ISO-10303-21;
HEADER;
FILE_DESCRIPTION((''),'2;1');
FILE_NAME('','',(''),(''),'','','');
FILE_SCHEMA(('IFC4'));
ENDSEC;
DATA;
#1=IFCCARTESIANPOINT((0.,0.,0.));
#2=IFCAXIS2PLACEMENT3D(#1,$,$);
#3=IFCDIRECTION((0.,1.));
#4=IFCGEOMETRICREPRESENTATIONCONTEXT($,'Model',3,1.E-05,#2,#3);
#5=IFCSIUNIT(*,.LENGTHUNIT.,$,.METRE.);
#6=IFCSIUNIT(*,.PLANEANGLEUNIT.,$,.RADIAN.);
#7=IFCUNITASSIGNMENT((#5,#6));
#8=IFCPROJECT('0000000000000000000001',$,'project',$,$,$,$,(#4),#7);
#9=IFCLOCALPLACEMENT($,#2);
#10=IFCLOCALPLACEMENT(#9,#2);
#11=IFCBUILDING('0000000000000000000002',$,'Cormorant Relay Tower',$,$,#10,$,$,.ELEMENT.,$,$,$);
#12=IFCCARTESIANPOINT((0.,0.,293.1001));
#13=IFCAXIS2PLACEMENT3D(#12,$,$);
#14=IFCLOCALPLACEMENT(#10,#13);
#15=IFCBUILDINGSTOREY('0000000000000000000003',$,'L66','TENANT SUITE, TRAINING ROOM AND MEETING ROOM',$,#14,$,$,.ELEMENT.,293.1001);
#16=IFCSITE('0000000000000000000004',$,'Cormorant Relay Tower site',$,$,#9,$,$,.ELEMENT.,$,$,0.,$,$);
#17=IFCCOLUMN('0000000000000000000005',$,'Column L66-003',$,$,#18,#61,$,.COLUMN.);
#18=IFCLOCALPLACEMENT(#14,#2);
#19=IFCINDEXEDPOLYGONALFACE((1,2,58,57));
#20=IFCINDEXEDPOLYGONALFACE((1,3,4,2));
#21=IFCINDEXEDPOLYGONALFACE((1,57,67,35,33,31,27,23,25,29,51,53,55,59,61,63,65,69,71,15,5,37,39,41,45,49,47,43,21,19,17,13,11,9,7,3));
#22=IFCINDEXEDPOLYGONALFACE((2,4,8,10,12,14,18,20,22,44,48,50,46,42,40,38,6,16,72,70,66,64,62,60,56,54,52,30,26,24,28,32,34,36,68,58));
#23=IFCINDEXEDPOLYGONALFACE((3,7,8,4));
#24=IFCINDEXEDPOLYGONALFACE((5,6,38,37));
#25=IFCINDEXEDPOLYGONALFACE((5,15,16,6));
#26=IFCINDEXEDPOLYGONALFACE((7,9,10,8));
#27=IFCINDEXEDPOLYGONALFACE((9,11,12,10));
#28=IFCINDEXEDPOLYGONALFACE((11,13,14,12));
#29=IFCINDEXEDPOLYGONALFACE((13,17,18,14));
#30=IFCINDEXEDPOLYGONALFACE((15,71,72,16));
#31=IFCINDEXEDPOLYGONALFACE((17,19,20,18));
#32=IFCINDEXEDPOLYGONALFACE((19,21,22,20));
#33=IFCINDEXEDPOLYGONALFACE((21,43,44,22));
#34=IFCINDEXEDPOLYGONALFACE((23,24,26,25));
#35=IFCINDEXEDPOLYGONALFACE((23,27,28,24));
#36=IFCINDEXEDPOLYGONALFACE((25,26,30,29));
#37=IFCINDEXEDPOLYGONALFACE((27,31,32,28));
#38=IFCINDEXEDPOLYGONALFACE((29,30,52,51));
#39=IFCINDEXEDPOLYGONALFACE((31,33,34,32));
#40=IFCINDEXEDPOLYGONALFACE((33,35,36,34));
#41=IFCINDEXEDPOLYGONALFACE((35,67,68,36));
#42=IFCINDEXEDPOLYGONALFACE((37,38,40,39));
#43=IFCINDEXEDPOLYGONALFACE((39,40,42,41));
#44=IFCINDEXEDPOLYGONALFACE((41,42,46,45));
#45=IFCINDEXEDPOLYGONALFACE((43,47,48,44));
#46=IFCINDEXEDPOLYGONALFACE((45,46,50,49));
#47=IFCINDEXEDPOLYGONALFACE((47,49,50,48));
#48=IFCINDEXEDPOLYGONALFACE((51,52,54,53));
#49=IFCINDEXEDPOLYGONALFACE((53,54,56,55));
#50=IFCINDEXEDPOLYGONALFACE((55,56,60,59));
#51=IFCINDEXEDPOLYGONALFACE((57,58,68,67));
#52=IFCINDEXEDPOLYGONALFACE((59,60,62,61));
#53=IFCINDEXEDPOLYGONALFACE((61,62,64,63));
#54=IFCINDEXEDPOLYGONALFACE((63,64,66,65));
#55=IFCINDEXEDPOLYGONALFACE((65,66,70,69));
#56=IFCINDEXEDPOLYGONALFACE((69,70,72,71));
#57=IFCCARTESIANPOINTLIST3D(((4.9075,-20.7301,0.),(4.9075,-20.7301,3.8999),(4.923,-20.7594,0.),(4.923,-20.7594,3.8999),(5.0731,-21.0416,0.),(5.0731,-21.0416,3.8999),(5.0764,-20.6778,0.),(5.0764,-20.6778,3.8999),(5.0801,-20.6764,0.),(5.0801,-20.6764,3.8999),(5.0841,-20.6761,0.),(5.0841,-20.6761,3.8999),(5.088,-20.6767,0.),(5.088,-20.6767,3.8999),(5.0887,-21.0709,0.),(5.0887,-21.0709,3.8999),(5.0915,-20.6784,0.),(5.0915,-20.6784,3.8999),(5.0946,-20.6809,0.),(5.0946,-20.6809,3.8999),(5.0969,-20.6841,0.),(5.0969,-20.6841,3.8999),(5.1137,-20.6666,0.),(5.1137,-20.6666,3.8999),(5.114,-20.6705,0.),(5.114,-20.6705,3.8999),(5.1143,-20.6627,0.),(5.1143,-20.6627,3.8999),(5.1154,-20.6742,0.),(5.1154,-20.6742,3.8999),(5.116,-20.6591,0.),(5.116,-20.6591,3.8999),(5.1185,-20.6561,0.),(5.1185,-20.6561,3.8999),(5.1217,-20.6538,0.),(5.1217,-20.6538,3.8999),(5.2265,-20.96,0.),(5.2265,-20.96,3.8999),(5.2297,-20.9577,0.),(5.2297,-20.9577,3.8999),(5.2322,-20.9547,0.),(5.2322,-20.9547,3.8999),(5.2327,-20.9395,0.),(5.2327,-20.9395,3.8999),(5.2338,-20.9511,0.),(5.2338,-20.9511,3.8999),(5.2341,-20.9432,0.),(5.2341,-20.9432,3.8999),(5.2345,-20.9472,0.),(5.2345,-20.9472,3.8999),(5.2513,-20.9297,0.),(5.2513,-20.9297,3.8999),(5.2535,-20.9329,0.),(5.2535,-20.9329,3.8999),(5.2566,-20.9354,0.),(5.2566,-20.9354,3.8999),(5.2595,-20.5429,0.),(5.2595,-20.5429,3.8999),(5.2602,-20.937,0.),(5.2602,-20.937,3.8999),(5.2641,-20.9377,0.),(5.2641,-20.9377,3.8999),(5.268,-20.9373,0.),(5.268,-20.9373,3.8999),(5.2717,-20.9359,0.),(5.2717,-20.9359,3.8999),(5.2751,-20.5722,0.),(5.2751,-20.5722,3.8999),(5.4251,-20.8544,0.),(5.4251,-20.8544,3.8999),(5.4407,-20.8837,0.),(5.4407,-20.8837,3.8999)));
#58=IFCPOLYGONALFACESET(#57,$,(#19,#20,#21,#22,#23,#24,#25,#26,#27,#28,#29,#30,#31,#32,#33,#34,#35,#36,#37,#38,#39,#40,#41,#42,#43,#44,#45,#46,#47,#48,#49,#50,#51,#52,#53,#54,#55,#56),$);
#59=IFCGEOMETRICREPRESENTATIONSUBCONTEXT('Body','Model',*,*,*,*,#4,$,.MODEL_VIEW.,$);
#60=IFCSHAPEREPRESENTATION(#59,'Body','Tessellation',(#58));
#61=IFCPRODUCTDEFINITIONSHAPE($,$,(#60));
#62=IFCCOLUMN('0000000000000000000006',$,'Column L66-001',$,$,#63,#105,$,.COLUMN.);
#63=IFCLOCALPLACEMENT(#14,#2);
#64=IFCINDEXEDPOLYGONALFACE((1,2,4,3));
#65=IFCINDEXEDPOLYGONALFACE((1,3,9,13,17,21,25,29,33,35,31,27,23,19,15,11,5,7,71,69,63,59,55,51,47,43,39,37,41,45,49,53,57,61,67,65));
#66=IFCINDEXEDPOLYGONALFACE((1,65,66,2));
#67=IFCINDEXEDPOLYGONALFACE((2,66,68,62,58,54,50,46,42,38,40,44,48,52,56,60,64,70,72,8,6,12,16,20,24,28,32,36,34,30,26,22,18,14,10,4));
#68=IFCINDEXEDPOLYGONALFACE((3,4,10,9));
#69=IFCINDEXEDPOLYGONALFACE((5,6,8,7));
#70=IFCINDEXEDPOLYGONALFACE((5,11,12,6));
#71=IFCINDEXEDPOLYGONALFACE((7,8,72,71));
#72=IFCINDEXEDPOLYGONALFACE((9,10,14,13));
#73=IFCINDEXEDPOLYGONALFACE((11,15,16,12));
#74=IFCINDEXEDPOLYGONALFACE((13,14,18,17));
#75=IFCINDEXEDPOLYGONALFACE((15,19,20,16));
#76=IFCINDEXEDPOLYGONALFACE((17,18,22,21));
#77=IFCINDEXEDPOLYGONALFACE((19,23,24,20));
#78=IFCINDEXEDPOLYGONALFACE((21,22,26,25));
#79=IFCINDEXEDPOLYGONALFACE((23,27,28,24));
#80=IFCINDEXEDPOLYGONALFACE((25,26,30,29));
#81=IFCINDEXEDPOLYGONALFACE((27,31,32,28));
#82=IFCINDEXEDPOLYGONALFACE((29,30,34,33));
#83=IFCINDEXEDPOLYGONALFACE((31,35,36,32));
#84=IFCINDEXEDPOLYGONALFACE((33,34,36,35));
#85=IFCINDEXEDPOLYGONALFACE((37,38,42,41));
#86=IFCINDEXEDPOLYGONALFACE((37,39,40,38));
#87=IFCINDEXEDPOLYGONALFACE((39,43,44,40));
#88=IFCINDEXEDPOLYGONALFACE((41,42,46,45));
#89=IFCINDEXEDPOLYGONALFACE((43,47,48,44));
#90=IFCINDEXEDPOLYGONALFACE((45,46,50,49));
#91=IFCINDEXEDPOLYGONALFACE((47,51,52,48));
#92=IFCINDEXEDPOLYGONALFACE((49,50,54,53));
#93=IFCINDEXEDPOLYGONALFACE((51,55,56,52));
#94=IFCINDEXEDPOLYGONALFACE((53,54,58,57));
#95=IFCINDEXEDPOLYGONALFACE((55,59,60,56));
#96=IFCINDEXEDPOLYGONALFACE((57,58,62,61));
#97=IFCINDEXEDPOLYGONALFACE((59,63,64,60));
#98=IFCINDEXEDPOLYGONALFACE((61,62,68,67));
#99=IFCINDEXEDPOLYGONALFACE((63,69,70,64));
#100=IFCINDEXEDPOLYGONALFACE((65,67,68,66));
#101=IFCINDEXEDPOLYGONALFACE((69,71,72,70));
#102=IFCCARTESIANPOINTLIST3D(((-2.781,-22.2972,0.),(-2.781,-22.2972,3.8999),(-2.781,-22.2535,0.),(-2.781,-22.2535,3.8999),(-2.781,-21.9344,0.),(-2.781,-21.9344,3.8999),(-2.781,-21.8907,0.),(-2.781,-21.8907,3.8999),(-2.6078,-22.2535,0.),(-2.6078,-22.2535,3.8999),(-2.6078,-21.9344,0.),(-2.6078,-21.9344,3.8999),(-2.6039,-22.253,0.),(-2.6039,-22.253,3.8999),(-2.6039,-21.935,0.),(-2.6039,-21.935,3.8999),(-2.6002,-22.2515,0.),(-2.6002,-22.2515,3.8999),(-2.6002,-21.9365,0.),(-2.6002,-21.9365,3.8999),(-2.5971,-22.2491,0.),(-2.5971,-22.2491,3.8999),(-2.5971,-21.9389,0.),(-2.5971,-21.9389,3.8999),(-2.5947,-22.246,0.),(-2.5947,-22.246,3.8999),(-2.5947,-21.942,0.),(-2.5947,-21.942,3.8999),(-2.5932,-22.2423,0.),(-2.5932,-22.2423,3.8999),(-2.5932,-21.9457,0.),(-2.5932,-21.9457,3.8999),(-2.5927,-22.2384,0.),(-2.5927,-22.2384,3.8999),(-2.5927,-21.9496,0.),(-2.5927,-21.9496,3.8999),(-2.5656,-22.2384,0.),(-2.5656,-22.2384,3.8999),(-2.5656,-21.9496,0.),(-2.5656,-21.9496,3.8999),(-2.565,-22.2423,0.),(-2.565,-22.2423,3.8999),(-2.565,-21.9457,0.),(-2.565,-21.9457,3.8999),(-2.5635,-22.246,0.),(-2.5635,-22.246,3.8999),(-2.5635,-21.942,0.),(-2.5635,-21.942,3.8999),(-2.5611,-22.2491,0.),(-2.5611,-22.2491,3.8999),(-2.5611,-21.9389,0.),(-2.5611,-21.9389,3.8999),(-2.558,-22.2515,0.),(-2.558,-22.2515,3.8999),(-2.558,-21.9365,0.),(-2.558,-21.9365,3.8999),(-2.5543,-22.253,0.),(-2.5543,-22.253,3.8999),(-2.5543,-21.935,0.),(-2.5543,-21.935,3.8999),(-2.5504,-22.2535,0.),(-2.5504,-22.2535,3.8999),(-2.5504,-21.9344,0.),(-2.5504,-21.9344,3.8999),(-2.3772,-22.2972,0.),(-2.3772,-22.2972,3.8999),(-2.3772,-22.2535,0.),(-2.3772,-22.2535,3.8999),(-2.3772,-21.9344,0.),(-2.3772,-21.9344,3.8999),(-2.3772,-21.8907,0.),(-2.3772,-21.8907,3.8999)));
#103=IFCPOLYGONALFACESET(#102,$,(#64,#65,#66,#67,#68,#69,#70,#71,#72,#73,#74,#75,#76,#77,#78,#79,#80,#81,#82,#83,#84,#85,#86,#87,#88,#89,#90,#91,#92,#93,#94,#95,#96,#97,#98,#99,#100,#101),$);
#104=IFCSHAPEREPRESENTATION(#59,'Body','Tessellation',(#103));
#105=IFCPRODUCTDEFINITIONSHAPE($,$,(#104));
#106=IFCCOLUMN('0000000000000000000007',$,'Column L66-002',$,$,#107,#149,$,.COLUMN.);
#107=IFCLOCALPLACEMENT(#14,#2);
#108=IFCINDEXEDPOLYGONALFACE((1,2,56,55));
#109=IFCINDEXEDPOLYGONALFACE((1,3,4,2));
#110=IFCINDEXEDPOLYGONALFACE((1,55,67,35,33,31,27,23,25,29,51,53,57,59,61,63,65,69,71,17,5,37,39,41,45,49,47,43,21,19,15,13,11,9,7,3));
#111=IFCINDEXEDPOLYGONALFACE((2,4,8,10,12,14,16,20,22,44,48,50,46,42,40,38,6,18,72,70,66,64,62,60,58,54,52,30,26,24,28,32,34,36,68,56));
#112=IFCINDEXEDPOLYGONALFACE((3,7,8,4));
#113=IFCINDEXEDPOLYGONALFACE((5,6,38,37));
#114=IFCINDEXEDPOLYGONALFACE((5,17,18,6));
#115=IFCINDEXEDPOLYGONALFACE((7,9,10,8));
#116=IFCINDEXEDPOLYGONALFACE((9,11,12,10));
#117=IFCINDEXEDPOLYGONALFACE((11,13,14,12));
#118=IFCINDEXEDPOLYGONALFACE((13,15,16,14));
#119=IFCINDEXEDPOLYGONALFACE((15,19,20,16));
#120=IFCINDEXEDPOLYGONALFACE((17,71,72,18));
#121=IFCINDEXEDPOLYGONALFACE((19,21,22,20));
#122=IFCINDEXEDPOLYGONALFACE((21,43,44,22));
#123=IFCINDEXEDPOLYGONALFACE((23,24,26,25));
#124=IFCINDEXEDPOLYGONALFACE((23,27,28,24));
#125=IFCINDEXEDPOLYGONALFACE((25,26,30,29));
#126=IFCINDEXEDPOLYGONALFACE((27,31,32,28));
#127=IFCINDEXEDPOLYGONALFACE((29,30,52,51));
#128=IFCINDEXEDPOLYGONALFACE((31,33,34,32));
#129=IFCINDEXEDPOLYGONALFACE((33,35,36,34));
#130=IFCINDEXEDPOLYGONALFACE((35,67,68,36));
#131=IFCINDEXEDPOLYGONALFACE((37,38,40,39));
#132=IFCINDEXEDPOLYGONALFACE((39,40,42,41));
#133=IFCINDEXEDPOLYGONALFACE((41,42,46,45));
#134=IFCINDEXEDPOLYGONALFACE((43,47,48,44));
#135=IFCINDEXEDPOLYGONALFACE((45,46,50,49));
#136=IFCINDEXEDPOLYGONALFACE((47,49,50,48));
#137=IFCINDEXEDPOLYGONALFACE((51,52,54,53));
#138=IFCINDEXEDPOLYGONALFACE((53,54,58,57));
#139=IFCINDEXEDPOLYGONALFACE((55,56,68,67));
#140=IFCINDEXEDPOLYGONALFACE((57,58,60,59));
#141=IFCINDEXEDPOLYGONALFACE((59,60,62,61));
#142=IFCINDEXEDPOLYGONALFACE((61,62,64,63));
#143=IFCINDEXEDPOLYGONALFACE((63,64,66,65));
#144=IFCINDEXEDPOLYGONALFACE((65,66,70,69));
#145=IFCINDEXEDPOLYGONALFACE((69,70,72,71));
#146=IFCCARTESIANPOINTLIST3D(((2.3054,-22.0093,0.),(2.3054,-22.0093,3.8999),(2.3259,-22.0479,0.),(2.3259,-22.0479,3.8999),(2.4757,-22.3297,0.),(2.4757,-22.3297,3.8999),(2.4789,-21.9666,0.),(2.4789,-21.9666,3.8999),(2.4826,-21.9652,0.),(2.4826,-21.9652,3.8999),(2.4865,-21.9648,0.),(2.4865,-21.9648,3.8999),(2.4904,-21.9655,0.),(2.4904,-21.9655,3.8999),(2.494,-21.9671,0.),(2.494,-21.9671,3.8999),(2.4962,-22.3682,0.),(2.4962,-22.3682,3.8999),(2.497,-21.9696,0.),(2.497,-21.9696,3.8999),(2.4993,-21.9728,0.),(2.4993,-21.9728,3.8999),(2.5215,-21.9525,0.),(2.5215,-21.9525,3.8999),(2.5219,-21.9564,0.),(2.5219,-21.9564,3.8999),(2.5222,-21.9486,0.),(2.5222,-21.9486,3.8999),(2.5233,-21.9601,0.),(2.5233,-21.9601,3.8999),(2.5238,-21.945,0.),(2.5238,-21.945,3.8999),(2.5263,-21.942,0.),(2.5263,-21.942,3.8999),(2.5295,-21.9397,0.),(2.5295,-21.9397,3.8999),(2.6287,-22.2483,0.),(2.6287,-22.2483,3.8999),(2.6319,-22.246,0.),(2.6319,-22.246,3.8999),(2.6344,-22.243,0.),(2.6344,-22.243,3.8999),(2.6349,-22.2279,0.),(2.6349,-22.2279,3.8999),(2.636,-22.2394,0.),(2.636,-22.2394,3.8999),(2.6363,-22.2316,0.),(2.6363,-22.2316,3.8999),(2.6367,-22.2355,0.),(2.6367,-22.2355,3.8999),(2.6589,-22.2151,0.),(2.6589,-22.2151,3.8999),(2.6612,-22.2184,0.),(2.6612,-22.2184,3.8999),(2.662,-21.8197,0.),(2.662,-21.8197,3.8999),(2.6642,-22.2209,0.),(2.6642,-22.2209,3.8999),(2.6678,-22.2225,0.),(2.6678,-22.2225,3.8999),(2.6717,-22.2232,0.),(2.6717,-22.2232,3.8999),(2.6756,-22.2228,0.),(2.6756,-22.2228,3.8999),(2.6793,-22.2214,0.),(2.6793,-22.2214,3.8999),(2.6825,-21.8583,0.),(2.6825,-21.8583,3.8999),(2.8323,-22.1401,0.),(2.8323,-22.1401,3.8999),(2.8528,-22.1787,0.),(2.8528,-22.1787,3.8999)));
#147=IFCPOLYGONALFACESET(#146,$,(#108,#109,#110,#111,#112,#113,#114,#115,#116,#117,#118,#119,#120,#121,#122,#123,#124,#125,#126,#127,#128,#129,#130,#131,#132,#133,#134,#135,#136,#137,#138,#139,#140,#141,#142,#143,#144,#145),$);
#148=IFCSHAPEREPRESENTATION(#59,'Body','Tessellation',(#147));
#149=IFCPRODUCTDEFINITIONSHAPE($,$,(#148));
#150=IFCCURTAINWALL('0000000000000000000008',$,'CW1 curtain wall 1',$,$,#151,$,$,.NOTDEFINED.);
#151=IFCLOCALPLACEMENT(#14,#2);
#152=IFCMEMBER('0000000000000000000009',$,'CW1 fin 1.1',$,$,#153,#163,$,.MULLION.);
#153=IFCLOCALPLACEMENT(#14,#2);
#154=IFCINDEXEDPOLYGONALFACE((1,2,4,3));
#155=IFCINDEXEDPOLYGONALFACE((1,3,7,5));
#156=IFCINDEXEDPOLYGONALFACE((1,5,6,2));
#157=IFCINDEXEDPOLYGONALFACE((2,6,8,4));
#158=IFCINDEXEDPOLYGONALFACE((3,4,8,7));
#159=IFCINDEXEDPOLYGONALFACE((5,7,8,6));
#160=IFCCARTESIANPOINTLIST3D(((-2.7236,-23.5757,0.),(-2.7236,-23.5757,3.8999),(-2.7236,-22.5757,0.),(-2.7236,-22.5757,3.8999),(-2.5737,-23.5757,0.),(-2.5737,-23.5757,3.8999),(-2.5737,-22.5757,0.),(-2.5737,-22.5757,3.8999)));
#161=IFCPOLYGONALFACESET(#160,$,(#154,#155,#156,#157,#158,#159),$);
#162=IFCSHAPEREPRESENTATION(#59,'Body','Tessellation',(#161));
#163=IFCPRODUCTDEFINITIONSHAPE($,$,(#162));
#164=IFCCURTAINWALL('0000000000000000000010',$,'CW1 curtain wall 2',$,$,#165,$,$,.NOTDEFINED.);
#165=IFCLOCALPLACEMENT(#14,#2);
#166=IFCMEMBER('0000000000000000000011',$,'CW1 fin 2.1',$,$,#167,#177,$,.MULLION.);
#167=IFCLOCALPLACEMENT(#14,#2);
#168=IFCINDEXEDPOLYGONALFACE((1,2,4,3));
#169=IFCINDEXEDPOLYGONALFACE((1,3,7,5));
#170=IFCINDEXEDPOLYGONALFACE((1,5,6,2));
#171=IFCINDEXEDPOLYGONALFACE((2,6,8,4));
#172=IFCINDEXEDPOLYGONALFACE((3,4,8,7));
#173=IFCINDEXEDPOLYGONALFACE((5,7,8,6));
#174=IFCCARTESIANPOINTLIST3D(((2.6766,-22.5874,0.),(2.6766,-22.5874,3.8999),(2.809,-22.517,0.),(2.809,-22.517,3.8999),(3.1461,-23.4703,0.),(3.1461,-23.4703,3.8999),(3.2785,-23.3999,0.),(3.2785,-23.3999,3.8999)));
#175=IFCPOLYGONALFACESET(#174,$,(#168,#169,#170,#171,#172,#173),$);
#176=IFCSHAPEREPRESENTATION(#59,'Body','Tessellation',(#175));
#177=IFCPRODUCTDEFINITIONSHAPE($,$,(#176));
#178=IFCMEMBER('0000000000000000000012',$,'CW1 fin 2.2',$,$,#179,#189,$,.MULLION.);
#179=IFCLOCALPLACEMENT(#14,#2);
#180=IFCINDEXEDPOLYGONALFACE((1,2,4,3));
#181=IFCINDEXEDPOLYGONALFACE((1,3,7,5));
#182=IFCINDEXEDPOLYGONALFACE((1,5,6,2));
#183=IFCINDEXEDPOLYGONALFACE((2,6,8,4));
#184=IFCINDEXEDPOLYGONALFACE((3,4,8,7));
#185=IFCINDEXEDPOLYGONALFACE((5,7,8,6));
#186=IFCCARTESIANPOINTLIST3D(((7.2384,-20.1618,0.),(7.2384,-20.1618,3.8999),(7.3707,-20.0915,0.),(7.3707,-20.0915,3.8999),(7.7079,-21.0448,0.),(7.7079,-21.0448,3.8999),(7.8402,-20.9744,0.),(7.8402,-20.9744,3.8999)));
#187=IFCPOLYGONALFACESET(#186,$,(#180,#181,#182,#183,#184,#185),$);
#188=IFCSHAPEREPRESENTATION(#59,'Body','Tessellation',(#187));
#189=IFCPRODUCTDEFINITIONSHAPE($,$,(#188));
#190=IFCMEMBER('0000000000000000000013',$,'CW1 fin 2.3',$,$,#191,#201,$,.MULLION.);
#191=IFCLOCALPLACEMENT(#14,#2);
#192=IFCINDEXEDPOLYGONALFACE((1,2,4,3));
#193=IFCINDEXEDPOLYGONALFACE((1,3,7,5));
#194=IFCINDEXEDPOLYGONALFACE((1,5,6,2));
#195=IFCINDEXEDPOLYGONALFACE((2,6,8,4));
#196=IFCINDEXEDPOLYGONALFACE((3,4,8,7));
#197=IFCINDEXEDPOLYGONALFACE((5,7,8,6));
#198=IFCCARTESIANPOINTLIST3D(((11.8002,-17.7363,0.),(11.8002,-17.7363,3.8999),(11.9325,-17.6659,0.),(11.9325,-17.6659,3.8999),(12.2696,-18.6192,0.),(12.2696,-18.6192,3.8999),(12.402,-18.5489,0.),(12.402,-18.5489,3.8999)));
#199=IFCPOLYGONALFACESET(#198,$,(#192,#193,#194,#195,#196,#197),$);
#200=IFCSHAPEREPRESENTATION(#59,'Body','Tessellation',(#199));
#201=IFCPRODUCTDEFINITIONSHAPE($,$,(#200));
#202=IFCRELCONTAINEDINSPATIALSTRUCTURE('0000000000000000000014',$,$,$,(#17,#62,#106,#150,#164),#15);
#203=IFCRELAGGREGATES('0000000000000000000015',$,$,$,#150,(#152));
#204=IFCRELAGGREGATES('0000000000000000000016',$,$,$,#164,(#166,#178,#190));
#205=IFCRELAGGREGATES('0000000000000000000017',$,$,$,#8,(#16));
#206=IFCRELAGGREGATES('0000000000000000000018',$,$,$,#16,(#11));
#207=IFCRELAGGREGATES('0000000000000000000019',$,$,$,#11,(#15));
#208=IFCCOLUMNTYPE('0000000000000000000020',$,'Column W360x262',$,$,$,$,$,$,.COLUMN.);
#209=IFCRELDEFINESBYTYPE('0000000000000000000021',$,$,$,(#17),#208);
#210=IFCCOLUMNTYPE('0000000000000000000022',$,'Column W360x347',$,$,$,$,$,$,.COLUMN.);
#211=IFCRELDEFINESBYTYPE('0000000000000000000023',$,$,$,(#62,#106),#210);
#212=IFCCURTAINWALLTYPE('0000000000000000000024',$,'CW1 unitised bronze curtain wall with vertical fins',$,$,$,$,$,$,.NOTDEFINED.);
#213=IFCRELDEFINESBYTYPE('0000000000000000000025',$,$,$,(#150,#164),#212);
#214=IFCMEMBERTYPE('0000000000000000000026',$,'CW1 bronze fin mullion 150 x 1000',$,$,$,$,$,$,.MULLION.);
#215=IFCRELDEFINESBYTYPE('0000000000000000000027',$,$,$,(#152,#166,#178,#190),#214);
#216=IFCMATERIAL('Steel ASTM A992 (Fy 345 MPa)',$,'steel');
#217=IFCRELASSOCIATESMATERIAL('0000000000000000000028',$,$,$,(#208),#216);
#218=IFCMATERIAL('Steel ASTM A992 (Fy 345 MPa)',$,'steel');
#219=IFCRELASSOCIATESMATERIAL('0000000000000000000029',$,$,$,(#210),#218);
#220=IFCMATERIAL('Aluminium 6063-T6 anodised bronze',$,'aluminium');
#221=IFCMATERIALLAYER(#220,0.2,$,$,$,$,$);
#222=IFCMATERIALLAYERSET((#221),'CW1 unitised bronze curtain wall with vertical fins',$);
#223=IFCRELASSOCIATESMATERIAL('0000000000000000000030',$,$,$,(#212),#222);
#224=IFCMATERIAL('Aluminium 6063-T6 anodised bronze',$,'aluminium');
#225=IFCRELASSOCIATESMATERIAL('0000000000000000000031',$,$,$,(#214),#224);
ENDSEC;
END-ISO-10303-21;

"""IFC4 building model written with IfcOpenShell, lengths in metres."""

from ifc_helpers import new_model, si_unit, direction, frame, origin, origin_2d, place, context, subcontext, project, spatial, rectangle, i_section, extrude, material, layer, layer_set, material_profile, profile_set, type_object, element, aggregate, save


model = new_model("IFC4")

# Units and contexts
model_context = context("Model", 3, precision=1e-05, world=origin(), true_north=direction((0.0, 1.0)))
body_context = subcontext(model_context, "Body", "Model", "MODEL_VIEW")
ifc_project = project(units=[si_unit("LENGTHUNIT", "METRE"), si_unit("PLANEANGLEUNIT", "RADIAN")], contexts=[model_context])

# Site, building, storey
site_placement = place(None, origin())
site = spatial("IfcSite", under=ifc_project, at=site_placement, Name="Cormorant Relay Tower site", CompositionType="ELEMENT", RefElevation=0.0)
building_placement = place(site_placement, origin())
building = spatial("IfcBuilding", under=site, at=building_placement, Name="Cormorant Relay Tower", CompositionType="ELEMENT")
storey_placement = place(building_placement, frame((0.0, 0.0, 293.1001)))
storey = spatial("IfcBuildingStorey", under=building, at=storey_placement, Name="L66", Description="TENANT SUITE, TRAINING ROOM AND MEETING ROOM", CompositionType="ELEMENT", Elevation=293.1001)

# Columns
ifc_material_1 = material(Name="Steel ASTM A992 (Fy 345 MPa)", Category="steel")
ifc_material_profile_1 = material_profile(ifc_material_1, i_section(OverallWidth=0.3987, OverallDepth=0.386, WebThickness=0.021, FlangeThickness=0.0332, FilletRadius=0.0151, at=origin_2d()), Name="W360x262")
ifc_profile_set_1 = profile_set([ifc_material_profile_1], Name="Steel ASTM A992 (Fy 345 MPa)")
column_type_1 = type_object("IfcColumnType", Name="Column W360x262", PredefinedType="COLUMN", material=ifc_profile_set_1)
column_placement = place(storey_placement, frame((5.1741, -20.8069, 0.0), z_axis=(0.0, 0.0, 1.0), x_axis=(0.882948, 0.469472, 0.0)))
element("IfcColumn", 1, at=column_placement, inside=storey, type_object=column_type_1, Name="Column L66-003", PredefinedType="COLUMN", context=body_context, shape_type="SweptSolid", body=[
    extrude(i_section(OverallWidth=0.3987, OverallDepth=0.386, WebThickness=0.021, FlangeThickness=0.0332, FilletRadius=0.0151, at=origin_2d()), origin(), (0.0, 0.0, 1.0), 3.8999),
])
ifc_material_2 = material(Name="Steel ASTM A992 (Fy 345 MPa)", Category="steel")
ifc_material_profile_2 = material_profile(ifc_material_2, i_section(OverallWidth=0.4038, OverallDepth=0.4065, WebThickness=0.0271, FlangeThickness=0.0437, FilletRadius=0.0151, at=origin_2d()), Name="W360x347")
ifc_profile_set_2 = profile_set([ifc_material_profile_2], Name="Steel ASTM A992 (Fy 345 MPa)")
column_type_2 = type_object("IfcColumnType", Name="Column W360x347", PredefinedType="COLUMN", material=ifc_profile_set_2)
for number, where, z_axis, x_axis, name in (
    (2, (-2.5791, -22.094, 0.0), (0.0, 0.0, 1.0), (1.0, 0.0, 0.0), "Column L66-001"),
    (3, (2.5791, -22.094, 0.0), (0.0, 0.0, 1.0), (0.882948, 0.469472, 0.0), "Column L66-002"),
):
    element("IfcColumn", number, at=place(storey_placement, frame(where, z_axis=z_axis, x_axis=x_axis)), inside=storey, type_object=column_type_2, Name=name, PredefinedType="COLUMN", context=body_context, shape_type="SweptSolid", body=[
        extrude(i_section(OverallWidth=0.4038, OverallDepth=0.4065, WebThickness=0.0271, FlangeThickness=0.0437, FilletRadius=0.0151, at=origin_2d()), origin(), (0.0, 0.0, 1.0), 3.8999),
    ])

# Curtain wall, member
ifc_material_3 = material(Name="Aluminium 6063-T6 anodised bronze", Category="aluminium")
ifc_layer_1 = layer(ifc_material_3, 0.2)
ifc_layer_set_1 = layer_set([ifc_layer_1], Name="CW1 unitised bronze curtain wall with vertical fins")
curtain_wall_type = type_object("IfcCurtainWallType", Name="CW1 unitised bronze curtain wall with vertical fins", PredefinedType="NOTDEFINED", material=ifc_layer_set_1)
curtain_wall_1_placement = place(storey_placement, origin())
curtain_wall_1 = element("IfcCurtainWall", 4, at=curtain_wall_1_placement, inside=storey, type_object=curtain_wall_type, Name="CW1 curtain wall 1", PredefinedType="NOTDEFINED")
ifc_material_4 = material(Name="Aluminium 6063-T6 anodised bronze", Category="aluminium")
ifc_material_profile_3 = material_profile(ifc_material_4, rectangle(XDim=0.1499, YDim=1.0, at=origin_2d()), Name="AL 150x1000")
ifc_profile_set_3 = profile_set([ifc_material_profile_3], Name="Aluminium 6063-T6 anodised bronze")
member_type_1 = type_object("IfcMemberType", Name="CW1 bronze fin mullion 150 x 1000", PredefinedType="MULLION", material=ifc_profile_set_3)
member_1_placement = place(storey_placement, frame((-2.6487, -23.0757, 0.0), z_axis=(0.0, 0.0, 1.0), x_axis=(1.0, 0.0, 0.0)))
member_1 = element("IfcMember", 5, at=member_1_placement, type_object=member_type_1, Name="CW1 fin 1.1", PredefinedType="MULLION", context=body_context, shape_type="SweptSolid", body=[
    extrude(rectangle(XDim=0.1499, YDim=1.0, at=origin_2d()), origin(), (0.0, 0.0, 1.0), 3.8999),
])

# Curtain wall, members
curtain_wall_2_placement = place(storey_placement, origin())
curtain_wall_2 = element("IfcCurtainWall", 6, at=curtain_wall_2_placement, inside=storey, type_object=curtain_wall_type, Name="CW1 curtain wall 2", PredefinedType="NOTDEFINED")
member_2_placement = place(storey_placement, frame((2.9775, -22.9937, 0.0), z_axis=(0.0, 0.0, 1.0), x_axis=(0.882948, 0.469472, 0.0)))
member_2 = element("IfcMember", 7, at=member_2_placement, type_object=member_type_1, Name="CW1 fin 2.1", PredefinedType="MULLION", context=body_context, shape_type="SweptSolid", body=[
    extrude(rectangle(XDim=0.1499, YDim=1.0, at=origin_2d()), origin(), (0.0, 0.0, 1.0), 3.8999),
])
member_3_placement = place(storey_placement, frame((7.5393, -20.5681, 0.0), z_axis=(0.0, 0.0, 1.0), x_axis=(0.882948, 0.469472, 0.0)))
member_3 = element("IfcMember", 8, at=member_3_placement, type_object=member_type_1, Name="CW1 fin 2.2", PredefinedType="MULLION", context=body_context, shape_type="SweptSolid", body=[
    extrude(rectangle(XDim=0.1499, YDim=1.0, at=origin_2d()), origin(), (0.0, 0.0, 1.0), 3.8999),
])
member_4_placement = place(storey_placement, frame((12.1011, -18.1426, 0.0), z_axis=(0.0, 0.0, 1.0), x_axis=(0.882948, 0.469472, 0.0)))
member_4 = element("IfcMember", 9, at=member_4_placement, type_object=member_type_1, Name="CW1 fin 2.3", PredefinedType="MULLION", context=body_context, shape_type="SweptSolid", body=[
    extrude(rectangle(XDim=0.1499, YDim=1.0, at=origin_2d()), origin(), (0.0, 0.0, 1.0), 3.8999),
])

aggregate(curtain_wall_1, [member_1])

aggregate(curtain_wall_2, [member_2, member_3, member_4])

save(model, "model.ifc")
